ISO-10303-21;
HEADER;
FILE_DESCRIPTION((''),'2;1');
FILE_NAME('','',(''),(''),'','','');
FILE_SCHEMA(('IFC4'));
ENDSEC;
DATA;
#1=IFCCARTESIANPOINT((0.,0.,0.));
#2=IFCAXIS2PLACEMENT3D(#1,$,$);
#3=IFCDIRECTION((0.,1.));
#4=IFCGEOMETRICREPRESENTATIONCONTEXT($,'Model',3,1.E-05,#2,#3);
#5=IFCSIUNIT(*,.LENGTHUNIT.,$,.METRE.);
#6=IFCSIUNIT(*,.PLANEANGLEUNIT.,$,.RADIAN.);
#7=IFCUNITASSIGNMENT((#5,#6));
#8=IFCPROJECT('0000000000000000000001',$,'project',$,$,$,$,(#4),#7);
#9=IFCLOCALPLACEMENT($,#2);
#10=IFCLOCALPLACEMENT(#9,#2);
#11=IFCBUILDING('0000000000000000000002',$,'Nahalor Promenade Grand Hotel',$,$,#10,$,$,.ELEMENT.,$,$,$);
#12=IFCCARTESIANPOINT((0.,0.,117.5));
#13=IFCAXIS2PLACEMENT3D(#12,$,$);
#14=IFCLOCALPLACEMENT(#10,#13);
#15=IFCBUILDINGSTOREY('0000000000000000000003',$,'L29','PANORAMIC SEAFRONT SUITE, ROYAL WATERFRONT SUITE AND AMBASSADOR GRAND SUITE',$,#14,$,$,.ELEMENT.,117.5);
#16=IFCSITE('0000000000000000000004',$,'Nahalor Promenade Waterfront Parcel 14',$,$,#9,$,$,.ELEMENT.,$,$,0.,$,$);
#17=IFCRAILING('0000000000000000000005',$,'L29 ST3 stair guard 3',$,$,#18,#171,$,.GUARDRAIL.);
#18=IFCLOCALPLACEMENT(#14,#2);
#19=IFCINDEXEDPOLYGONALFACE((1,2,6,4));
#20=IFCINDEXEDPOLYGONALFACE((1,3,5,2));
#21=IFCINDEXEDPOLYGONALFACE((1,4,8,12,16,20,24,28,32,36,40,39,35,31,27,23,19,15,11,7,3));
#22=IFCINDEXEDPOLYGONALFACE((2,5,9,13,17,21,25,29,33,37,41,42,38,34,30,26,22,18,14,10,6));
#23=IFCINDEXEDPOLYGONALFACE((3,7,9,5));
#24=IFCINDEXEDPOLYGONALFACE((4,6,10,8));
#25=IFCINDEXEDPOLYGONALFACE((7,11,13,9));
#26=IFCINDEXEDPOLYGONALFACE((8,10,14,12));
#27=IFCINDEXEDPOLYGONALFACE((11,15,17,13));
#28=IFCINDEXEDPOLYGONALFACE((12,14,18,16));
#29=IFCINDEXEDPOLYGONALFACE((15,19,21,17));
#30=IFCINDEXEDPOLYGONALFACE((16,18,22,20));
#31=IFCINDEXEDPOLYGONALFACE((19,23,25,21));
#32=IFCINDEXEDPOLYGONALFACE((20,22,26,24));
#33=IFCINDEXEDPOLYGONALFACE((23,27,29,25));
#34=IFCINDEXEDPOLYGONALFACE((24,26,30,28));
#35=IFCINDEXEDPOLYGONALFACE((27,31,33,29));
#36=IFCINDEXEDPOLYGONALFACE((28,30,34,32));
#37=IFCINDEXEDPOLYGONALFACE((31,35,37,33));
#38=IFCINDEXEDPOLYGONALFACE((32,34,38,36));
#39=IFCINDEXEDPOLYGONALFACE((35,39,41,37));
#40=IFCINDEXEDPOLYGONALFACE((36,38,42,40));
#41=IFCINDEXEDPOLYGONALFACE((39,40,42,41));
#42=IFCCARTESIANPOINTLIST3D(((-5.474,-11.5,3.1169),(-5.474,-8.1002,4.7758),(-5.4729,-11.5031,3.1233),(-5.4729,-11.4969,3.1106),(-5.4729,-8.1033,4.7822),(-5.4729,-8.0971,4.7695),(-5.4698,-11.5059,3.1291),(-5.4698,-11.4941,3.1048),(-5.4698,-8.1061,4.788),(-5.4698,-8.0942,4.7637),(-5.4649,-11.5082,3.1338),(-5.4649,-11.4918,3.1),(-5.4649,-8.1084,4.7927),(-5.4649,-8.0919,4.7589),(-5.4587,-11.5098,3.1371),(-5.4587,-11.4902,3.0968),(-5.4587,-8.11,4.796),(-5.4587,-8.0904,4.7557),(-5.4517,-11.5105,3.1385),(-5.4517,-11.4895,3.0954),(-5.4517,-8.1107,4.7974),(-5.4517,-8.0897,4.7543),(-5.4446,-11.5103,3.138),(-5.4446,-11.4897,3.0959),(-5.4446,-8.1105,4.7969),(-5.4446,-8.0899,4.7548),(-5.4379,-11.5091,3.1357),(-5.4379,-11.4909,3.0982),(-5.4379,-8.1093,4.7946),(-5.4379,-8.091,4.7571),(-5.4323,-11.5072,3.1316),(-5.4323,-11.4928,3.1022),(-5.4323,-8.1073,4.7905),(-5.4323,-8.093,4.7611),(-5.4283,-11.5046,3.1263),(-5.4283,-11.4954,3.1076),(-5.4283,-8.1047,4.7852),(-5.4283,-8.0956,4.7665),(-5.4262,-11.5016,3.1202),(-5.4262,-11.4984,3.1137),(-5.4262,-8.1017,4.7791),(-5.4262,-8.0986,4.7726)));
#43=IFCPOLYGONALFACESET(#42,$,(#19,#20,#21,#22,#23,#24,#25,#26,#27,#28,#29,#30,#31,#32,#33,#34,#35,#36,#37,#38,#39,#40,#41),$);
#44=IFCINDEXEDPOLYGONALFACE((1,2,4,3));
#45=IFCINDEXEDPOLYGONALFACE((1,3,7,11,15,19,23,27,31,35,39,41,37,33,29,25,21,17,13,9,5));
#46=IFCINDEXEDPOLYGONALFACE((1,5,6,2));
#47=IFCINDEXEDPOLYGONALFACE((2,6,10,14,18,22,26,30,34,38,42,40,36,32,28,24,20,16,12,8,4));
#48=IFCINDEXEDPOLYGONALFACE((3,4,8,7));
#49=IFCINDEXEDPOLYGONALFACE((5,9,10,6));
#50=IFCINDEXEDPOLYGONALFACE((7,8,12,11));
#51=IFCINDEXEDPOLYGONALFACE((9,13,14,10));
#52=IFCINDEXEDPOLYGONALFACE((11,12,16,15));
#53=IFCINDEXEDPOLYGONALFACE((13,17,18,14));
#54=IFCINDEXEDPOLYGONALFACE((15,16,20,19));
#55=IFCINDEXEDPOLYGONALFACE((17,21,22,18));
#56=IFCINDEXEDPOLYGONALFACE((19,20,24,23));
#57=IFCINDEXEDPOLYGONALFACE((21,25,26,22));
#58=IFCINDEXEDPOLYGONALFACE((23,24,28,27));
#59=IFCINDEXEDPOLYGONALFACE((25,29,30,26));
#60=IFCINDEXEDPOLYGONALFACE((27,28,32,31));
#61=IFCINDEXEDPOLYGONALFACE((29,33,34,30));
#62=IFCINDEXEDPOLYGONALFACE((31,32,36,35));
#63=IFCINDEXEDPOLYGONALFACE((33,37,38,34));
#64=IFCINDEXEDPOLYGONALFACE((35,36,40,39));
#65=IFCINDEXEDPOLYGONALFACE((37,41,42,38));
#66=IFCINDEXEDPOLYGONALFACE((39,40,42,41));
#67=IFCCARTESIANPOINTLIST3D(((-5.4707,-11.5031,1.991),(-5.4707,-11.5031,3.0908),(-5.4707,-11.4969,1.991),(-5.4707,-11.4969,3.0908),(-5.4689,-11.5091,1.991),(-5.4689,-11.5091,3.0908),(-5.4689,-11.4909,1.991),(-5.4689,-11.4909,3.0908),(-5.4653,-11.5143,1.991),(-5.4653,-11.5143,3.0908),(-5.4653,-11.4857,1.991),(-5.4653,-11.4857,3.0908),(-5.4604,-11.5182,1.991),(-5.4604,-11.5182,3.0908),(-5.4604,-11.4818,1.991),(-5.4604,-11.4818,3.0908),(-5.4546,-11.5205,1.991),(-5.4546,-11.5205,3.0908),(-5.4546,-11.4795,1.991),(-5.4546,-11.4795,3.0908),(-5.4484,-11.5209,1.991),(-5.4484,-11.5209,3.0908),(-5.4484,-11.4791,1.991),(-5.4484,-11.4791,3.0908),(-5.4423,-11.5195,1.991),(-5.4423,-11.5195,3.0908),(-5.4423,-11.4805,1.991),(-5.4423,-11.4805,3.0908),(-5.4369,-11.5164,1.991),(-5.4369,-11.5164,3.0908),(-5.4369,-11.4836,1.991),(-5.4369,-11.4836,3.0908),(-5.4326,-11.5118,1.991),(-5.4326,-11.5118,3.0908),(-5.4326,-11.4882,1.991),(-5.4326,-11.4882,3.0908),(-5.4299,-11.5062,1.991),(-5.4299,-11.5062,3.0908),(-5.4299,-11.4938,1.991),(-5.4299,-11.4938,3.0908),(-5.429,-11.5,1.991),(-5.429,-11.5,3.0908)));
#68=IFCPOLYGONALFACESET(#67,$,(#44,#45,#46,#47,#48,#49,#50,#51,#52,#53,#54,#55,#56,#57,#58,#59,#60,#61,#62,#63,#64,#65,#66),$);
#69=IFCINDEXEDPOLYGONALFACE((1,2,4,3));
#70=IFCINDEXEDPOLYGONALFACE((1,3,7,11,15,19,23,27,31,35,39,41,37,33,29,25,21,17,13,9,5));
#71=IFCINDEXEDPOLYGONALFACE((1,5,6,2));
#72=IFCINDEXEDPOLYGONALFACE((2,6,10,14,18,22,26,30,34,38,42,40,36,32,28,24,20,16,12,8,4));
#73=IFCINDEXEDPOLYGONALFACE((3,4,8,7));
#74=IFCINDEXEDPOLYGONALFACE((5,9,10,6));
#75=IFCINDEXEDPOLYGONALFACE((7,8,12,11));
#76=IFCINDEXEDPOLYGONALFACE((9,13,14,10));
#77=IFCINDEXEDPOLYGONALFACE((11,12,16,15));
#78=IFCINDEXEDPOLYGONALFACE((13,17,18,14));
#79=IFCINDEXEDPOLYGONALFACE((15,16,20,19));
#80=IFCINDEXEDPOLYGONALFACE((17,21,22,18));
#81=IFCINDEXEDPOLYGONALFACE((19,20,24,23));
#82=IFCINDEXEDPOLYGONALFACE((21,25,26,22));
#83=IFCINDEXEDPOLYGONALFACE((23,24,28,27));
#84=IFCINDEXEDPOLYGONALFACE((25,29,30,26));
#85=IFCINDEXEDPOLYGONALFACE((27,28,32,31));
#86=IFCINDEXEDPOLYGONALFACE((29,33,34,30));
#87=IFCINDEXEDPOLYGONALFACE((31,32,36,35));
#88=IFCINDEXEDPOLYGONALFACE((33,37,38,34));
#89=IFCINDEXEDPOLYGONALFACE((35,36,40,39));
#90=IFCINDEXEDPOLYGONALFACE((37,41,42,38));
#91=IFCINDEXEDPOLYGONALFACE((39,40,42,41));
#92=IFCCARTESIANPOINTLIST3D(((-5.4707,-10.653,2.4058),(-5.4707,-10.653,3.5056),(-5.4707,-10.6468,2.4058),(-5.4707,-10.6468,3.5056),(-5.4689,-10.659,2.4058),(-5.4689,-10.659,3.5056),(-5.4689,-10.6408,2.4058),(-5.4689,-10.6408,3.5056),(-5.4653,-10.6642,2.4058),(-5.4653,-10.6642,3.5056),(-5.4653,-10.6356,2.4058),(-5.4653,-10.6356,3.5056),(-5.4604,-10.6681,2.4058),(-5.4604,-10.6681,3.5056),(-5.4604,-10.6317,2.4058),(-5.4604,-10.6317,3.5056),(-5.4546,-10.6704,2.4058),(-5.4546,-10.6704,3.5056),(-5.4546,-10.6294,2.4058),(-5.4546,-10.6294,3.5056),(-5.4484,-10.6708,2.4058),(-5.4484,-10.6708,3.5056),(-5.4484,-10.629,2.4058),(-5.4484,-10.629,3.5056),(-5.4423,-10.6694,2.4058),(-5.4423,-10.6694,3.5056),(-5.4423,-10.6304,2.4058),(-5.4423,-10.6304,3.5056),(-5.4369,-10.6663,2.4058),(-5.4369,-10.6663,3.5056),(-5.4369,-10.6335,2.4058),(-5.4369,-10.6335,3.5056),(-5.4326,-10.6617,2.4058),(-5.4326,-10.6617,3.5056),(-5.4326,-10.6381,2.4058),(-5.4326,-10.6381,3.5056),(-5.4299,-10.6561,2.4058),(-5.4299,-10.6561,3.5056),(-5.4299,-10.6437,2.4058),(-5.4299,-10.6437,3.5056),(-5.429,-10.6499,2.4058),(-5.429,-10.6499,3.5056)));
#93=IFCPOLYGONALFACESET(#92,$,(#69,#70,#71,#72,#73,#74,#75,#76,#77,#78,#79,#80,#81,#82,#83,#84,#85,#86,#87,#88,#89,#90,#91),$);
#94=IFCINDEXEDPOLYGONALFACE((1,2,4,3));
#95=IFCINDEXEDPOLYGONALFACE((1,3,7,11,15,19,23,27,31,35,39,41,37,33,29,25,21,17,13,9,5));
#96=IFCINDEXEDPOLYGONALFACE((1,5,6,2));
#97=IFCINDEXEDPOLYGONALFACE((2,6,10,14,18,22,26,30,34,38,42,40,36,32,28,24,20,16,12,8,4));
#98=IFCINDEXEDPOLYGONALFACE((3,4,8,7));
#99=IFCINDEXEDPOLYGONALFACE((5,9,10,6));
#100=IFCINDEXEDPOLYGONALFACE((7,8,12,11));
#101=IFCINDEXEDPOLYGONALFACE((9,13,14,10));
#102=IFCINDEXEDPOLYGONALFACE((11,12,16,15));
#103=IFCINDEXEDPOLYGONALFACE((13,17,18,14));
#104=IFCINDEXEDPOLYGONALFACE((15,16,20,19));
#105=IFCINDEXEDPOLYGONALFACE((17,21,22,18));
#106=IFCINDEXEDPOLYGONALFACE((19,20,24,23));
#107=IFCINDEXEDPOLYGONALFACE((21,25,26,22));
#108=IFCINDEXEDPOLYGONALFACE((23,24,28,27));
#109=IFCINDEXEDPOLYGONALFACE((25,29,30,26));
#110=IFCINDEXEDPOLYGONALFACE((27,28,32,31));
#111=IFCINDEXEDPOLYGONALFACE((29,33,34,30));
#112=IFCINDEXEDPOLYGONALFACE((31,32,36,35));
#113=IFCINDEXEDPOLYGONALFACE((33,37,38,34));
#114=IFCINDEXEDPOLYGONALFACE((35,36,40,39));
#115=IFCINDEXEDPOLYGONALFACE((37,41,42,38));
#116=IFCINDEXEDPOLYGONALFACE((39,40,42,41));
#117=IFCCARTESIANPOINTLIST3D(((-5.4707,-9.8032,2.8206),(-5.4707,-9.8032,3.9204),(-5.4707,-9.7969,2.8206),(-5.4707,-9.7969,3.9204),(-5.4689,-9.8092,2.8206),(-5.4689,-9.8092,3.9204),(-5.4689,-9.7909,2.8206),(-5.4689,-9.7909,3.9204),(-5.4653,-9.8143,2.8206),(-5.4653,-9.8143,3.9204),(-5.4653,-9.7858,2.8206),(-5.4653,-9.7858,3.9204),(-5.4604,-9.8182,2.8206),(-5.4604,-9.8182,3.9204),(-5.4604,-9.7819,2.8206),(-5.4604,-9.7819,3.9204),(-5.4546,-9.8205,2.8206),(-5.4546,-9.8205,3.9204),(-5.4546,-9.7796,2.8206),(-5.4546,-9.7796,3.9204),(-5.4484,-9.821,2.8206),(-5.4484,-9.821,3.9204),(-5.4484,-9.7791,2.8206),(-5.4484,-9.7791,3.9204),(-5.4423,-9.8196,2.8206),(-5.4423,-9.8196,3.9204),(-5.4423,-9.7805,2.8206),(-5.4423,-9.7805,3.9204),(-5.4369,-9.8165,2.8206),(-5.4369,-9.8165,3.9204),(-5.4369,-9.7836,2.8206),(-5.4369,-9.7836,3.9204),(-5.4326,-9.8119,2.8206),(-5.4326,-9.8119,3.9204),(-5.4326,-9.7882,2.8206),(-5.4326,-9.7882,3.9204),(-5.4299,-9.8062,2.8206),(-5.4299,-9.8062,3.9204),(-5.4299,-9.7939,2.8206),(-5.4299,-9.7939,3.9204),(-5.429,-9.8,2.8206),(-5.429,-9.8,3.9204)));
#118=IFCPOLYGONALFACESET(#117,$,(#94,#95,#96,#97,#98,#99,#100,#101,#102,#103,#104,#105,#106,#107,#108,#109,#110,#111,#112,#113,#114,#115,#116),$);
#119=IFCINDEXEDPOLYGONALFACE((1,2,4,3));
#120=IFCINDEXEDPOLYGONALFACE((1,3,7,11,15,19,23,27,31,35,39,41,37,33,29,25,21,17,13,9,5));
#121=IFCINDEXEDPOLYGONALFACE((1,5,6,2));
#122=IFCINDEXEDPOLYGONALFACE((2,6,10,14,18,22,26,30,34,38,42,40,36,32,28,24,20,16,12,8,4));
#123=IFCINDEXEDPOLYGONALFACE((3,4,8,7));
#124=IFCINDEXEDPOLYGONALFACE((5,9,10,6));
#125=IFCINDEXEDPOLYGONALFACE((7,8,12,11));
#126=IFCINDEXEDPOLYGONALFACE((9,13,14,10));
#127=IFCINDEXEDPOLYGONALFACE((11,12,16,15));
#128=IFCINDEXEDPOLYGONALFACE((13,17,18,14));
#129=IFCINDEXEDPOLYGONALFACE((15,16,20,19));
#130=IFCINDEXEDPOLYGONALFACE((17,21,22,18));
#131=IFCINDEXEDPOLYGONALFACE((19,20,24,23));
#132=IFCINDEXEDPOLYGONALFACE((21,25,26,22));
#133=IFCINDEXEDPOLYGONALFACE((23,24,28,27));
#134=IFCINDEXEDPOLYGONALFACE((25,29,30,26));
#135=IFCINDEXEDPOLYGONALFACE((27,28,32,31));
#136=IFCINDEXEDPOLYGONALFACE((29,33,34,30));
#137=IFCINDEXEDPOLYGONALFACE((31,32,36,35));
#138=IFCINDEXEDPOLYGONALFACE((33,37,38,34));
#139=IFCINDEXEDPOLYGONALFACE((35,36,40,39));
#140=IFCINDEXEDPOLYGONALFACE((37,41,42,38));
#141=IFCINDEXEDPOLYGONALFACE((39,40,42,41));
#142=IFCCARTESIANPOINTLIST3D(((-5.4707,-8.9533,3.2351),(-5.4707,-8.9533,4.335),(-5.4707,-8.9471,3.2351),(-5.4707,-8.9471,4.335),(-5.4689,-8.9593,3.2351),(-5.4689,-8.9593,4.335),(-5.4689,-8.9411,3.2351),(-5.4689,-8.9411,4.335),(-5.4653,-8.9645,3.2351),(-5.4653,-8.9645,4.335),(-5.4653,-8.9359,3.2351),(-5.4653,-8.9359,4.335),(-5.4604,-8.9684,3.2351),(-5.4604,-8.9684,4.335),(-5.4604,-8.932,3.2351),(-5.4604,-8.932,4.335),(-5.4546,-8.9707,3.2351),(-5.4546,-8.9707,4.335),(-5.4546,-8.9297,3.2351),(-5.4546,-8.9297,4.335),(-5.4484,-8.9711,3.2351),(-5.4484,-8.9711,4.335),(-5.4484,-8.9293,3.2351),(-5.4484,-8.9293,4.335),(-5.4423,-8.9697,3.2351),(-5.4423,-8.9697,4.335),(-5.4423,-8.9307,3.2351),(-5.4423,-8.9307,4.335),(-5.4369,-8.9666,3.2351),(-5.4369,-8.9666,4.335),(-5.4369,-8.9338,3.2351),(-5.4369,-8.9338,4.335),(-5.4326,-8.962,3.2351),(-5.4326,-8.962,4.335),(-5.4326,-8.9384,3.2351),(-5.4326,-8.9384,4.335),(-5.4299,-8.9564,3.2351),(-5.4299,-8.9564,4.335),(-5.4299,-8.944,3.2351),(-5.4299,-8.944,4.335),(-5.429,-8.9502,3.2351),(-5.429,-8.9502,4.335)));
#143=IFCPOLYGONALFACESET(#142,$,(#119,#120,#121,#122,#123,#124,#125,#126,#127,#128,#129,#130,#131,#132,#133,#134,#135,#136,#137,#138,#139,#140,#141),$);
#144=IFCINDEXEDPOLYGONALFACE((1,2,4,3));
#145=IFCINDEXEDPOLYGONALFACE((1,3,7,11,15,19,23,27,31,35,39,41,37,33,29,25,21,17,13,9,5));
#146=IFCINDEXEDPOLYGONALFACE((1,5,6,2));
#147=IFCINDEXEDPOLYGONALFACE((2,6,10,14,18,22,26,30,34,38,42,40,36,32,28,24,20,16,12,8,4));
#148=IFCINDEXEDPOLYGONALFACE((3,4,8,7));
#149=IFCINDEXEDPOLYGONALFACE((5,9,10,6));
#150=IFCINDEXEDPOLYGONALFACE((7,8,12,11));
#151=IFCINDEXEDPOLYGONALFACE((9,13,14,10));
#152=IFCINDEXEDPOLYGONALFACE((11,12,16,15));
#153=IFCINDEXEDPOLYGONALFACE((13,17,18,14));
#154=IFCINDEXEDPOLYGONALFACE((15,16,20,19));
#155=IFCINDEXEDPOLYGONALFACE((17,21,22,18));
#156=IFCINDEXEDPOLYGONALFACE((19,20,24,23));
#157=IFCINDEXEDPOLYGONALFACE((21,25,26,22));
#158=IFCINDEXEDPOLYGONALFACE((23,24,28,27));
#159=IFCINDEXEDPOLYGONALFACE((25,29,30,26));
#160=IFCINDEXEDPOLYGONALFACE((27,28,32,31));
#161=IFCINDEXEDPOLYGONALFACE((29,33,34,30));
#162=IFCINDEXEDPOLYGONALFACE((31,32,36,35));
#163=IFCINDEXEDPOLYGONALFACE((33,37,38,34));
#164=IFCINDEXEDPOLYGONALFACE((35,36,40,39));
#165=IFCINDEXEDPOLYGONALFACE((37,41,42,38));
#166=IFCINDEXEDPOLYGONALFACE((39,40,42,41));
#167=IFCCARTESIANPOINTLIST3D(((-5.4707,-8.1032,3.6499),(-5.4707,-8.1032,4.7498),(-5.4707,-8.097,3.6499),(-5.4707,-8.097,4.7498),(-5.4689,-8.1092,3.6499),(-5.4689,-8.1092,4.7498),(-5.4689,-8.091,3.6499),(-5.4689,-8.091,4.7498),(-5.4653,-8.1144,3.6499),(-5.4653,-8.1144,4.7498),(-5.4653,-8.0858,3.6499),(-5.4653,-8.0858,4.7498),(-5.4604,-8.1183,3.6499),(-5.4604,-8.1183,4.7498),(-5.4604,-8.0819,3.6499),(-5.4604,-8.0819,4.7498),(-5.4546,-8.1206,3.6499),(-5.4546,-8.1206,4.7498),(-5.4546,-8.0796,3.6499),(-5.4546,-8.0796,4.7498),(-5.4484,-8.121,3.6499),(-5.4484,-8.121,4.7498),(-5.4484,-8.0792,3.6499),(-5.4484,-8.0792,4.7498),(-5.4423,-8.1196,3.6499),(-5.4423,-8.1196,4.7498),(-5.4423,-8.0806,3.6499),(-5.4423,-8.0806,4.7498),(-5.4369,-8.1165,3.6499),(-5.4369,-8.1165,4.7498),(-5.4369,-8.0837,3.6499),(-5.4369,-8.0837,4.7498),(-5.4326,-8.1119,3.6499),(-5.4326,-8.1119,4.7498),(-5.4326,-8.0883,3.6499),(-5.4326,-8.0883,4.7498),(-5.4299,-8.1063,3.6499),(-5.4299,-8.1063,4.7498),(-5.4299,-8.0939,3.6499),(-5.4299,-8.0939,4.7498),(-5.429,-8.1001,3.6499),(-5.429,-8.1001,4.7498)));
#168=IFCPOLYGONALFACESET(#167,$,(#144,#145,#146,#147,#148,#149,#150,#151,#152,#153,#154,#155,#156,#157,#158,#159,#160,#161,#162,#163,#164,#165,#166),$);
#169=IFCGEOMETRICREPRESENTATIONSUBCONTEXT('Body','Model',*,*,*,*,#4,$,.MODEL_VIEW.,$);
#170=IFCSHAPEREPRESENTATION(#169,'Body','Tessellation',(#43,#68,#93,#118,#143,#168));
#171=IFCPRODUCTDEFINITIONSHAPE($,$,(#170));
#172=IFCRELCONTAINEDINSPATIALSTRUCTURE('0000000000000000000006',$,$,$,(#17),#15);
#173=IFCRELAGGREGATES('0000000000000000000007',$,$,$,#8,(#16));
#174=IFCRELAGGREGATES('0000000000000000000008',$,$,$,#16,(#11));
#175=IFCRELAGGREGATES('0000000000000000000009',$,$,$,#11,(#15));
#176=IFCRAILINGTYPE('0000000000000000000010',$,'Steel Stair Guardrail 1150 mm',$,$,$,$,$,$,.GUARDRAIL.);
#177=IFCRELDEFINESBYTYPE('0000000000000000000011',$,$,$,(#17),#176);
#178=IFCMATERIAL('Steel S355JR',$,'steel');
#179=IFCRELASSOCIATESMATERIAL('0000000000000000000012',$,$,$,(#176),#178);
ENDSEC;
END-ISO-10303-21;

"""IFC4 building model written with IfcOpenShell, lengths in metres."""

from ifc_helpers import new_model, si_unit, direction, frame, origin, origin_2d, place, context, subcontext, project, spatial, circle, extrude, material, type_object, element, save


model = new_model("IFC4")

# Units and contexts
model_context = context("Model", 3, precision=1e-05, world=origin(), true_north=direction((0.0, 1.0)))
body_context = subcontext(model_context, "Body", "Model", "MODEL_VIEW")
ifc_project = project(units=[si_unit("LENGTHUNIT", "METRE"), si_unit("PLANEANGLEUNIT", "RADIAN")], contexts=[model_context])

# Site, building, storey
site_placement = place(None, origin())
site = spatial("IfcSite", under=ifc_project, at=site_placement, Name="Nahalor Promenade Waterfront Parcel 14", CompositionType="ELEMENT", RefElevation=0.0)
building_placement = place(site_placement, origin())
building = spatial("IfcBuilding", under=site, at=building_placement, Name="Nahalor Promenade Grand Hotel", CompositionType="ELEMENT")
storey_placement = place(building_placement, frame((0.0, 0.0, 117.5)))
storey = spatial("IfcBuildingStorey", under=building, at=storey_placement, Name="L29", Description="PANORAMIC SEAFRONT SUITE, ROYAL WATERFRONT SUITE AND AMBASSADOR GRAND SUITE", CompositionType="ELEMENT", Elevation=117.5)

# Shared definitions
ifc_material_1 = material(Name="Steel S355JR", Category="steel")

# Railing
railing_type_1 = type_object("IfcRailingType", Name="Steel Stair Guardrail 1150 mm", PredefinedType="GUARDRAIL", material=ifc_material_1)
railing_1_placement = place(storey_placement, frame((-5.45, -11.5, 1.991)))
element("IfcRailing", 1, at=railing_1_placement, inside=storey, type_object=railing_type_1, Name="L29 ST3 stair guard 3", PredefinedType="GUARDRAIL", context=body_context, shape_type="SweptSolid", body=[
    extrude(circle(Radius=0.024, at=origin_2d()), frame((0.0, 0.0, 1.126), z_axis=(0.0, 0.898722, 0.438519), x_axis=(-1.0, 0.0, 0.0)), (0.0, 0.0, 1.0), 3.783),
    extrude(circle(Radius=0.021, at=origin_2d()), origin(), (0.0, 0.0, 1.0), 1.0999),
    extrude(circle(Radius=0.021, at=origin_2d()), frame((0.0, 0.8501, 0.4148)), (0.0, 0.0, 1.0), 1.0999),
    extrude(circle(Radius=0.021, at=origin_2d()), frame((0.0, 1.7, 0.8296)), (0.0, 0.0, 1.0), 1.0999),
    extrude(circle(Radius=0.021, at=origin_2d()), frame((0.0, 2.5498, 1.2441)), (0.0, 0.0, 1.0), 1.0999),
    extrude(circle(Radius=0.021, at=origin_2d()), frame((0.0, 3.3999, 1.6589)), (0.0, 0.0, 1.0), 1.0999),
])

save(model, "model.ifc")
